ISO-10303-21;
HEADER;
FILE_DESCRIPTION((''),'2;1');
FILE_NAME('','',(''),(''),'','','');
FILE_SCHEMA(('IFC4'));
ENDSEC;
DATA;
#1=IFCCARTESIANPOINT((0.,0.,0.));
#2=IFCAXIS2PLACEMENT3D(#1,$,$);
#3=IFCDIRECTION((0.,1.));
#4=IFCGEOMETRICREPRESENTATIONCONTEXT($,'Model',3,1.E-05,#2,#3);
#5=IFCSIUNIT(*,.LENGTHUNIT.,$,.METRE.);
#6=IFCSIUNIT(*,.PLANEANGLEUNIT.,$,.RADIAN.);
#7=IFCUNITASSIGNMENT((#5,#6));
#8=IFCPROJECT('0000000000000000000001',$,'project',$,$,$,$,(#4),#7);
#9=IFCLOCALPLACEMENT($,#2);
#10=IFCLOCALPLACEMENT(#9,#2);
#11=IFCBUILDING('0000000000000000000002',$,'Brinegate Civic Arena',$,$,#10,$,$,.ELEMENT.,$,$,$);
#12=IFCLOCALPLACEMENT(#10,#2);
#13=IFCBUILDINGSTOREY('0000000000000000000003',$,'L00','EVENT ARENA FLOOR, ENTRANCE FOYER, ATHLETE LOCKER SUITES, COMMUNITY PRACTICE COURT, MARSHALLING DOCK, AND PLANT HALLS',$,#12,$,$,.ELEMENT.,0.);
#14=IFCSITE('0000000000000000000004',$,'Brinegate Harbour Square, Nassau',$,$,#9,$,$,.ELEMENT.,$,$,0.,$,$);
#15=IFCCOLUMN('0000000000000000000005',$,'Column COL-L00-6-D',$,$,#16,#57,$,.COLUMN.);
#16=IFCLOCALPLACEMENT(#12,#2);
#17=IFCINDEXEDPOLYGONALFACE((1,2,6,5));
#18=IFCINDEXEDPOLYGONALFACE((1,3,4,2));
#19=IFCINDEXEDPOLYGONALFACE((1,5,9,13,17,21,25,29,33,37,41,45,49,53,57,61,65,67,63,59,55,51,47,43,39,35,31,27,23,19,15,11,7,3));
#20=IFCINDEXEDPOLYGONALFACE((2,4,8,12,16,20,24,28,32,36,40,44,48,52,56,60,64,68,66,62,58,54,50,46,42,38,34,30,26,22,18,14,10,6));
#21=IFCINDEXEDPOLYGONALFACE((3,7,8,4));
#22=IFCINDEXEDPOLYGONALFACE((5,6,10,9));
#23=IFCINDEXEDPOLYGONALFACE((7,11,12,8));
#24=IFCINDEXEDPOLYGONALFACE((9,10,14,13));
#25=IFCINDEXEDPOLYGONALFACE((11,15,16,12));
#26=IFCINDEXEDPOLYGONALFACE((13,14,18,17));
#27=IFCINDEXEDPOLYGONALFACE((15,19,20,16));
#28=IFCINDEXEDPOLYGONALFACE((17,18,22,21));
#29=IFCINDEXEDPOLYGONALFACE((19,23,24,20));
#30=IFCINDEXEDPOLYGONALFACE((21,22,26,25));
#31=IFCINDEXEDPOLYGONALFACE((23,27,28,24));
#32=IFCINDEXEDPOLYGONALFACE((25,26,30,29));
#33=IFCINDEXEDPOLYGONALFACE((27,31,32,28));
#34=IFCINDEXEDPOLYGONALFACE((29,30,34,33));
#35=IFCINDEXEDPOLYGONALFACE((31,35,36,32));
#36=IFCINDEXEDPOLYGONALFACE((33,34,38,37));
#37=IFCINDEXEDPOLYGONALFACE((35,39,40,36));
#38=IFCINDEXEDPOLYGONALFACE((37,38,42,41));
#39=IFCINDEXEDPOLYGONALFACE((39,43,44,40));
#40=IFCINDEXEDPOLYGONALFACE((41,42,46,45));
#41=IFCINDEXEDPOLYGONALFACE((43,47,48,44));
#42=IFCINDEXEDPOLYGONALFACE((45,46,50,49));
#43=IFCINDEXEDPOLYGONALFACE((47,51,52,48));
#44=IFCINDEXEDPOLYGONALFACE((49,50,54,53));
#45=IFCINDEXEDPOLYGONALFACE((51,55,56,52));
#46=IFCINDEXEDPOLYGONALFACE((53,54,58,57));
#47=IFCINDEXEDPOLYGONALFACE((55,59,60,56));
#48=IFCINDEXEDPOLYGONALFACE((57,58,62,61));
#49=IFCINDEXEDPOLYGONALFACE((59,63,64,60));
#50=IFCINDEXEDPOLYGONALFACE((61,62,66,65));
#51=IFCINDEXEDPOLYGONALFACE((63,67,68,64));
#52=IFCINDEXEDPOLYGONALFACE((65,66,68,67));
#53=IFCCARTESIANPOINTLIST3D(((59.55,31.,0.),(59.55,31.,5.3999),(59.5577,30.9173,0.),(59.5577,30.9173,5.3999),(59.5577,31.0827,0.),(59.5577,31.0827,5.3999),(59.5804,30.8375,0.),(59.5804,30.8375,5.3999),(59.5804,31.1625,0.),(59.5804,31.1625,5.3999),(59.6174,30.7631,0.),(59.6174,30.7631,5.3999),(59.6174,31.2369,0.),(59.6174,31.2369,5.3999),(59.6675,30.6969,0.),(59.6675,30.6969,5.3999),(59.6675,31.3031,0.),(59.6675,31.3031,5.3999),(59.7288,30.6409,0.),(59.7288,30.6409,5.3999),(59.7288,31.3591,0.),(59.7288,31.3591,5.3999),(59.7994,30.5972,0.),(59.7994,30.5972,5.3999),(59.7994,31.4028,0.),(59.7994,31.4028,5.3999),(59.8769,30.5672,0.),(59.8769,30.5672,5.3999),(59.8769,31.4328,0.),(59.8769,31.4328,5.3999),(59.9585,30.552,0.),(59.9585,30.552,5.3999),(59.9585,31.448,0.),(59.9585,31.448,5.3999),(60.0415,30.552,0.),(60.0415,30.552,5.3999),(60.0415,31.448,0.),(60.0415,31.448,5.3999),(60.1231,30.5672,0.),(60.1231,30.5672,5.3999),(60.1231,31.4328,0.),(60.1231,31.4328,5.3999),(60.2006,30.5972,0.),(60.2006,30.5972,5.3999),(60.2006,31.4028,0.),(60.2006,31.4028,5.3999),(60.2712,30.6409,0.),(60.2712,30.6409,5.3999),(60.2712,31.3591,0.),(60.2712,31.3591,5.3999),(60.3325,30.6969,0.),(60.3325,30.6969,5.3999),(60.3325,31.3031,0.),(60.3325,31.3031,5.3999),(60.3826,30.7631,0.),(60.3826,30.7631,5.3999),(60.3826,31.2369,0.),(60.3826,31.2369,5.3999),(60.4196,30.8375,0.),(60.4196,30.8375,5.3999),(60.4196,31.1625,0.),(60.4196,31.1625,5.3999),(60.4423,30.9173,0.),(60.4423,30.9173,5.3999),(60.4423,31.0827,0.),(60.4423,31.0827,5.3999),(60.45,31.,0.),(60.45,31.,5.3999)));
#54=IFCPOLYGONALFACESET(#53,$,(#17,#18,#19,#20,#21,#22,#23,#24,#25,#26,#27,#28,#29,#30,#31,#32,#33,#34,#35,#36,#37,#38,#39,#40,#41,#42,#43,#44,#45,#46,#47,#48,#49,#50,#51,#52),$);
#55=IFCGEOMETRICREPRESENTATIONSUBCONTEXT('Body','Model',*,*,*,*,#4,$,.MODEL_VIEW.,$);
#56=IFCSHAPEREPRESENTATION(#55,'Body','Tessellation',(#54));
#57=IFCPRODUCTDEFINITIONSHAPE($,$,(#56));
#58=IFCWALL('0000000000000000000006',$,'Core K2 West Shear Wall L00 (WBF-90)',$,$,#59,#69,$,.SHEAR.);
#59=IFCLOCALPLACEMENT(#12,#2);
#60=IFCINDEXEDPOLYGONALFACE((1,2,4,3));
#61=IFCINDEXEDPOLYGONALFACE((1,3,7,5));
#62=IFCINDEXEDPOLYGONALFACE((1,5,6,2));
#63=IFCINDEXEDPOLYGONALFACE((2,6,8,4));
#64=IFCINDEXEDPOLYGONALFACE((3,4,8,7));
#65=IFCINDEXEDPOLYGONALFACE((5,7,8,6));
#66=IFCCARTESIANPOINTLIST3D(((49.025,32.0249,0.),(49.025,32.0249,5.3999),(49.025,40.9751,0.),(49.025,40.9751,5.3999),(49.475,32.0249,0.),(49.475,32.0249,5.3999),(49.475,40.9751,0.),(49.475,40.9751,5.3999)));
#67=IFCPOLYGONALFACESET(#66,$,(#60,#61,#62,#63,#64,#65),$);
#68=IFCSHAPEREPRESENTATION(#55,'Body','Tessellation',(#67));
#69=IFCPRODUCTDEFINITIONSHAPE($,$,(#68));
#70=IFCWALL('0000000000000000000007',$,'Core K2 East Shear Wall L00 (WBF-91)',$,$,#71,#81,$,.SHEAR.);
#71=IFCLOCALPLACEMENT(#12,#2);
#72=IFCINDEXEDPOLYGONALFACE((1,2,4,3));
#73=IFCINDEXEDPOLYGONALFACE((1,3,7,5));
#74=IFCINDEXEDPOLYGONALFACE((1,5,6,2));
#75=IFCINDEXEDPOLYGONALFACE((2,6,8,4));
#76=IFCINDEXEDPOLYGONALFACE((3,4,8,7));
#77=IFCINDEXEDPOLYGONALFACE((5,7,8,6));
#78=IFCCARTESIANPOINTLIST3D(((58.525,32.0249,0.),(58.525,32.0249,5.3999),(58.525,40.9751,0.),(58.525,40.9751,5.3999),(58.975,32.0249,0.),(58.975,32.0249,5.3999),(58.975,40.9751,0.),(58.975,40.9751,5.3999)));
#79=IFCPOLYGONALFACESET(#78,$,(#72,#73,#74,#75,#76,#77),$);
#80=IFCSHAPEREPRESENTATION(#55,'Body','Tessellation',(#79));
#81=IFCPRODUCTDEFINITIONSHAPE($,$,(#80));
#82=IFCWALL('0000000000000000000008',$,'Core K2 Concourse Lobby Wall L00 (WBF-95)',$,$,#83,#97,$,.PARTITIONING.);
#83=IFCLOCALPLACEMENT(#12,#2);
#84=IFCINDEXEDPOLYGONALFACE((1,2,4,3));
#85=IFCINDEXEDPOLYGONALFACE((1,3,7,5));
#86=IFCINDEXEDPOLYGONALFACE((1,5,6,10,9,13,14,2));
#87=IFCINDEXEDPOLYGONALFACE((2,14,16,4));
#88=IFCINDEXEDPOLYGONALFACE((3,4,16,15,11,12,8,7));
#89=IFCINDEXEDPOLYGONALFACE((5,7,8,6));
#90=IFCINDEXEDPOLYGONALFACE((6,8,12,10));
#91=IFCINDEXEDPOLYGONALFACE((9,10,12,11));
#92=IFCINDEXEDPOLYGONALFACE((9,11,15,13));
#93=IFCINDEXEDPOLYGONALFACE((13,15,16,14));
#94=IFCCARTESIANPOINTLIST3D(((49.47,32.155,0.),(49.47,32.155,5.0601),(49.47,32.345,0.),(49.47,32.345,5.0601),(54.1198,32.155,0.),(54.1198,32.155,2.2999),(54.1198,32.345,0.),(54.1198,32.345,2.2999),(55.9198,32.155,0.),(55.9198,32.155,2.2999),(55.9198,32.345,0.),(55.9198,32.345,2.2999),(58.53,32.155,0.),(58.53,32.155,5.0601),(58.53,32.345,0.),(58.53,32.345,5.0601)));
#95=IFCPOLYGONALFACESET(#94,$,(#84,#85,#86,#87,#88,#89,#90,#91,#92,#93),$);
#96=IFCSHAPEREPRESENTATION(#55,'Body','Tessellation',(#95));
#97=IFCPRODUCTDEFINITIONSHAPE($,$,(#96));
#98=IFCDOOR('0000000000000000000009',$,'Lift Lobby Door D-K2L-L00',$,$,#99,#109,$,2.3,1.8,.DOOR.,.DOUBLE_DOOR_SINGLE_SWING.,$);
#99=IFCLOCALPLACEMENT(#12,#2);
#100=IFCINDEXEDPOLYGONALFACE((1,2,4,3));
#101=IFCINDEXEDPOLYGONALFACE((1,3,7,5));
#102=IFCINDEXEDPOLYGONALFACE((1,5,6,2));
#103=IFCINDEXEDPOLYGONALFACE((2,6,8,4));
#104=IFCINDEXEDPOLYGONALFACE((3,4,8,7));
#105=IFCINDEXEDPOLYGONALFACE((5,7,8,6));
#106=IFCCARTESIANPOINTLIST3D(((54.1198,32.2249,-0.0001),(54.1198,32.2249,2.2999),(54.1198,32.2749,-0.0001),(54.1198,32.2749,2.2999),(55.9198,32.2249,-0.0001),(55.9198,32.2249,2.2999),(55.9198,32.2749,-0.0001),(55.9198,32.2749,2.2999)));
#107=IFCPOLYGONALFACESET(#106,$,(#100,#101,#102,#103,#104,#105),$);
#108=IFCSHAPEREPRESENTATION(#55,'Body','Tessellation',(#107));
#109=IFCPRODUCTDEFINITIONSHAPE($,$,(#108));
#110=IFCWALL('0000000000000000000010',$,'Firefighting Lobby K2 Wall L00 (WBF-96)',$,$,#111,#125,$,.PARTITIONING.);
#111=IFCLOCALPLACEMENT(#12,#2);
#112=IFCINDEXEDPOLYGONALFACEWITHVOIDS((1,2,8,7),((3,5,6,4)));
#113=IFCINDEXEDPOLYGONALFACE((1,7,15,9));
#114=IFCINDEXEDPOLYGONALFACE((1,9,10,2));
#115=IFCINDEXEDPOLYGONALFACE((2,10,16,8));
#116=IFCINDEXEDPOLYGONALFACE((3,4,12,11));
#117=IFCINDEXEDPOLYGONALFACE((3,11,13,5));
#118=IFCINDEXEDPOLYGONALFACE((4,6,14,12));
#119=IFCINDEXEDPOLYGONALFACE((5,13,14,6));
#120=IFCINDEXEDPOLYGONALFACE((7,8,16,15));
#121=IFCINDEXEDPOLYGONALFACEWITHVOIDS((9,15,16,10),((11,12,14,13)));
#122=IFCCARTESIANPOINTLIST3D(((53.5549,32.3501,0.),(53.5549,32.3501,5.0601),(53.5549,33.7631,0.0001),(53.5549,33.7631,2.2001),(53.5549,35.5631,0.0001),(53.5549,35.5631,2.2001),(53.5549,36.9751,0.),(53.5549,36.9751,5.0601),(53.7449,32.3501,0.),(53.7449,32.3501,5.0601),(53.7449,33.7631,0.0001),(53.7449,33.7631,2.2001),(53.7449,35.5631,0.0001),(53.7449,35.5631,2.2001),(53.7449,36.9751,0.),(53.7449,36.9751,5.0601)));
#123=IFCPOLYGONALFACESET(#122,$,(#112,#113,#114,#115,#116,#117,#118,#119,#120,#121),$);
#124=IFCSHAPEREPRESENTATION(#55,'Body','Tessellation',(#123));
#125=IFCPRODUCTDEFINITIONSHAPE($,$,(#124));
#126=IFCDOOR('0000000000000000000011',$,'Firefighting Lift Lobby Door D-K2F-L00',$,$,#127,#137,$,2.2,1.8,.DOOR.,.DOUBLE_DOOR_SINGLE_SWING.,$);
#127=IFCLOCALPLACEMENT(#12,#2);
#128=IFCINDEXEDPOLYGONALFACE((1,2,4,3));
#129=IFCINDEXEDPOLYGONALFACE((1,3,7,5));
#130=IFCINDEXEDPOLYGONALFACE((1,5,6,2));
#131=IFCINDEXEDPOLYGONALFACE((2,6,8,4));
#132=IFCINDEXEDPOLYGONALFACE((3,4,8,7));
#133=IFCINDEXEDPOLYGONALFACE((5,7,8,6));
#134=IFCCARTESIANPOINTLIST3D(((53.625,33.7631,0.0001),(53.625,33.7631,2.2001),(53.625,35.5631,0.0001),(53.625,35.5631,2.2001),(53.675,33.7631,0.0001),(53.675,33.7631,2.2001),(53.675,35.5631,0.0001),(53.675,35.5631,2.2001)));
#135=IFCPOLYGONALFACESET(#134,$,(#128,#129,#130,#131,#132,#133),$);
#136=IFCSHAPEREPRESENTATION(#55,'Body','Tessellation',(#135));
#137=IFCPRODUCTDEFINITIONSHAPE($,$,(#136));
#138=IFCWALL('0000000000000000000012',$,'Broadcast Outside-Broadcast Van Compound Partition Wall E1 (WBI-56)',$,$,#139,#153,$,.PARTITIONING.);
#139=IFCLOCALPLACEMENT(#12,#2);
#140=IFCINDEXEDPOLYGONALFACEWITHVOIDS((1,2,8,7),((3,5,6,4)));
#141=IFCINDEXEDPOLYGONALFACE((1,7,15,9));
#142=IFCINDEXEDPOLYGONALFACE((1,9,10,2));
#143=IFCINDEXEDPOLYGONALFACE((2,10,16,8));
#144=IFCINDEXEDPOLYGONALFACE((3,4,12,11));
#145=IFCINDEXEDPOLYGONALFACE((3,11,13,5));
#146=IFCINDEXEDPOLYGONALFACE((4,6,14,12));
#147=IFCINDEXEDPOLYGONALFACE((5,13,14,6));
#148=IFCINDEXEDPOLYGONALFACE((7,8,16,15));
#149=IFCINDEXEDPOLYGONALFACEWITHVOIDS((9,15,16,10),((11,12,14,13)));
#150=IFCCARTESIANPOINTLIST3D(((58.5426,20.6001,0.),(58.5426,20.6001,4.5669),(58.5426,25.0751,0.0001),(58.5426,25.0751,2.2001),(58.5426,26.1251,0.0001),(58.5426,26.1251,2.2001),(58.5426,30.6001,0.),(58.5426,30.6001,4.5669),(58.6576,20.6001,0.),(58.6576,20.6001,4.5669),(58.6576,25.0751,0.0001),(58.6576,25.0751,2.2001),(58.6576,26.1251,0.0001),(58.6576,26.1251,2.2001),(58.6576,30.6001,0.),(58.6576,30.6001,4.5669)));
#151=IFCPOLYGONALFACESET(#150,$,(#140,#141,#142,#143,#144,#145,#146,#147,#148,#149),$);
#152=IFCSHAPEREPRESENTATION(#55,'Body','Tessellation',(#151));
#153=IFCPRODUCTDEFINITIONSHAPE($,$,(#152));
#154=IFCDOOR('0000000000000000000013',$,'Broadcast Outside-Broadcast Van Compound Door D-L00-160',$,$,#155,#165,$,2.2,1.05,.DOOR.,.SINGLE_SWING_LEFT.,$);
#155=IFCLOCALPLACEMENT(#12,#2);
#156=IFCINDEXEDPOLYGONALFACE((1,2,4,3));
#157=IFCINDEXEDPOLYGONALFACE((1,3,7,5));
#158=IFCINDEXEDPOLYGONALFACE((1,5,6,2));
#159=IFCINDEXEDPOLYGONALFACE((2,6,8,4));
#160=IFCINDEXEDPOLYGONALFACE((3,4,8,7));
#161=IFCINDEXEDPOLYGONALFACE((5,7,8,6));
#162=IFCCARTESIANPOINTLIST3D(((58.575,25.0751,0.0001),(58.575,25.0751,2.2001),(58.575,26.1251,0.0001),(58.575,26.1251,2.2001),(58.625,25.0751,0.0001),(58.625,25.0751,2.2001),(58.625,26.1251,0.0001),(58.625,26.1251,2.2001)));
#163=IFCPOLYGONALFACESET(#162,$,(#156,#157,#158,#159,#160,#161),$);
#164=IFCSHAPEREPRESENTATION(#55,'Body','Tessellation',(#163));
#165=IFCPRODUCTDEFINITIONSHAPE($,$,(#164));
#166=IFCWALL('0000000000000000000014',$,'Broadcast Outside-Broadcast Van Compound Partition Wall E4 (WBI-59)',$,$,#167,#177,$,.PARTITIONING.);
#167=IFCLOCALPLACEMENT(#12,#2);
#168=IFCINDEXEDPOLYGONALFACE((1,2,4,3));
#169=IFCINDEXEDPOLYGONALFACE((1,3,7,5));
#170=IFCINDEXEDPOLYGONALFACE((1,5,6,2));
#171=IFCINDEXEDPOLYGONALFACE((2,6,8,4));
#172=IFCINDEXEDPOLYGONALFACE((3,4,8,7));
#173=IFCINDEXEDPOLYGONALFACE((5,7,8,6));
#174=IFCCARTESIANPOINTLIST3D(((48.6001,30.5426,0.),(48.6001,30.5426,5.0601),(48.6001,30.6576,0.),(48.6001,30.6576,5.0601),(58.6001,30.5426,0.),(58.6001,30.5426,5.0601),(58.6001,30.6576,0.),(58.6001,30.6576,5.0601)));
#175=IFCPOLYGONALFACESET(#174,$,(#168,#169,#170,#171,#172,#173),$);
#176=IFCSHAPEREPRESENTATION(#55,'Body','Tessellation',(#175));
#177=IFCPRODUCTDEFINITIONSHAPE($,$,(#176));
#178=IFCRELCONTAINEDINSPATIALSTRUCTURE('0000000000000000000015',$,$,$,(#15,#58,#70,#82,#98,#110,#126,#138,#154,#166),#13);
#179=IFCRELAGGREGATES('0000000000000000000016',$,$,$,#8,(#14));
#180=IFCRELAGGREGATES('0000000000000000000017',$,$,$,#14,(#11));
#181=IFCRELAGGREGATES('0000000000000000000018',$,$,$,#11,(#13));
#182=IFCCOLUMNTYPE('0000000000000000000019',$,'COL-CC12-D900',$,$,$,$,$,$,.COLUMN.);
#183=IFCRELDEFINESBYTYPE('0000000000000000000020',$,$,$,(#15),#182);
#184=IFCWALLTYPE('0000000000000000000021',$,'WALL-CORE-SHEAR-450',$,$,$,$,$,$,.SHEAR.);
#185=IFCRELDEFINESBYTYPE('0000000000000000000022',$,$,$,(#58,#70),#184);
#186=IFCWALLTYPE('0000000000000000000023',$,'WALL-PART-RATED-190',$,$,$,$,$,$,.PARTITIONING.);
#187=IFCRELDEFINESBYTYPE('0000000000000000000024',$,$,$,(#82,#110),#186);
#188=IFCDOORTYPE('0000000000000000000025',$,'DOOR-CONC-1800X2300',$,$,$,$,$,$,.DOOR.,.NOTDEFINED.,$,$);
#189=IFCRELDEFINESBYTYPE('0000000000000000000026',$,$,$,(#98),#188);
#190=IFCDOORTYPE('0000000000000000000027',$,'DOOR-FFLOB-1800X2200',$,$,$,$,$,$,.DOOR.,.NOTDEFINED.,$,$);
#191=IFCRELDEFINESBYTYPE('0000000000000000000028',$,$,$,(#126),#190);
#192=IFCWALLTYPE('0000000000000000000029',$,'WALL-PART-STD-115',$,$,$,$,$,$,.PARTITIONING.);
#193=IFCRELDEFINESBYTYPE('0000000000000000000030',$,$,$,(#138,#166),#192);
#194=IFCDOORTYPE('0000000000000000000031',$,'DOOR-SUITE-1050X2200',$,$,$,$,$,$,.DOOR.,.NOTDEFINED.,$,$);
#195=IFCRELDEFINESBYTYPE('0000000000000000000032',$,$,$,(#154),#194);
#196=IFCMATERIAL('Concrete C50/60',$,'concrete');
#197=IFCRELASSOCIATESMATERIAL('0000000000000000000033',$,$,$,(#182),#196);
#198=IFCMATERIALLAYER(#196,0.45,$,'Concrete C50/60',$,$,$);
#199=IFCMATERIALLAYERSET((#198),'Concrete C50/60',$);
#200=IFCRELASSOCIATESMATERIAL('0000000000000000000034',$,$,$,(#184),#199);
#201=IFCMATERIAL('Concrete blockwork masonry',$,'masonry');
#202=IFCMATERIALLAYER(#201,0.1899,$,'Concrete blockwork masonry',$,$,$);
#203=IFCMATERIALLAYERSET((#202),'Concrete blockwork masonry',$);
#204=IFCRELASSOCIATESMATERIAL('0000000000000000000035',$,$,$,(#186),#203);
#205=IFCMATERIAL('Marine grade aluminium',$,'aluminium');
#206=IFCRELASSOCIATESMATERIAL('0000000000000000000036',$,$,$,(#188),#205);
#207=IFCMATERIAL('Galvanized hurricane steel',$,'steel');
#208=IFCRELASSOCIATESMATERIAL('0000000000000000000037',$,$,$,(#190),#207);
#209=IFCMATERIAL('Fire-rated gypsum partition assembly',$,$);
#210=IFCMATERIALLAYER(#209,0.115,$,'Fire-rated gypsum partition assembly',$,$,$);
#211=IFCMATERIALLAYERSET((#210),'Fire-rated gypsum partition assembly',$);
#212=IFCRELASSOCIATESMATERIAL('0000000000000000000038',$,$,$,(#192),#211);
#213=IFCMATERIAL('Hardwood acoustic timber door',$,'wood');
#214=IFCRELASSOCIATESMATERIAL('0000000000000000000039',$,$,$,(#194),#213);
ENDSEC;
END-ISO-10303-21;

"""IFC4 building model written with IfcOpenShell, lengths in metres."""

from ifc_helpers import new_model, si_unit, direction, frame, frame_2d, origin, origin_2d, place, context, subcontext, project, spatial, rectangle, circle, extrude, material, layer, layer_set, material_profile, profile_set, type_object, element, fill, save


model = new_model("IFC4")

# Units and contexts
model_context = context("Model", 3, precision=1e-05, world=origin(), true_north=direction((0.0, 1.0)))
body_context = subcontext(model_context, "Body", "Model", "MODEL_VIEW")
ifc_project = project(units=[si_unit("LENGTHUNIT", "METRE"), si_unit("PLANEANGLEUNIT", "RADIAN")], contexts=[model_context])

# Site, building, storey
site_placement = place(None, origin())
site = spatial("IfcSite", under=ifc_project, at=site_placement, Name="Brinegate Harbour Square, Nassau", CompositionType="ELEMENT", RefElevation=0.0)
building_placement = place(site_placement, origin())
building = spatial("IfcBuilding", under=site, at=building_placement, Name="Brinegate Civic Arena", CompositionType="ELEMENT")
storey_placement = place(building_placement, origin())
storey = spatial("IfcBuildingStorey", under=building, at=storey_placement, Name="L00", Description="EVENT ARENA FLOOR, ENTRANCE FOYER, ATHLETE LOCKER SUITES, COMMUNITY PRACTICE COURT, MARSHALLING DOCK, AND PLANT HALLS", CompositionType="ELEMENT", Elevation=0.0)

# Column
ifc_material_1 = material(Name="Concrete C50/60", Category="concrete")
ifc_material_profile_1 = material_profile(ifc_material_1, circle(Radius=0.45, at=origin_2d()), Name="RCD900")
ifc_profile_set_1 = profile_set([ifc_material_profile_1], Name="Concrete C50/60")
column_type = type_object("IfcColumnType", Name="COL-CC12-D900", PredefinedType="COLUMN", material=ifc_profile_set_1)
column_placement = place(storey_placement, frame((60.0, 31.0, 0.0), z_axis=(0.0, 0.0, 1.0), x_axis=(1.0, 0.0, 0.0)))
element("IfcColumn", 1, at=column_placement, inside=storey, type_object=column_type, Name="Column COL-L00-6-D", PredefinedType="COLUMN", context=body_context, shape_type="SweptSolid", body=[
    extrude(circle(Radius=0.45, at=origin_2d()), origin(), (0.0, 0.0, 1.0), 5.3999),
])

# Walls
ifc_layer_1 = layer(ifc_material_1, 0.45, Name="Concrete C50/60")
ifc_layer_set_1 = layer_set([ifc_layer_1], Name="Concrete C50/60")
wall_type_1 = type_object("IfcWallType", Name="WALL-CORE-SHEAR-450", PredefinedType="SHEAR", material=ifc_layer_set_1)
for number, where, z_axis, x_axis, name in (
    (2, (49.25, 32.0249, 0.0), (0.0, 0.0, 1.0), (0.0, 1.0, 0.0), "Core K2 West Shear Wall L00 (WBF-90)"),
    (3, (58.75, 32.0249, 0.0), (0.0, 0.0, 1.0), (0.0, 1.0, 0.0), "Core K2 East Shear Wall L00 (WBF-91)"),
):
    element("IfcWall", number, at=place(storey_placement, frame(where, z_axis=z_axis, x_axis=x_axis)), inside=storey, type_object=wall_type_1, Name=name, PredefinedType="SHEAR", context=body_context, shape_type="SweptSolid", body=[
        extrude(rectangle(XDim=8.9502, YDim=0.45, at=frame_2d((4.4751, 0.0))), origin(), (0.0, 0.0, 1.0), 5.3999),
    ])

# Walls, openings, doors
ifc_material_2 = material(Name="Concrete blockwork masonry", Category="masonry")
ifc_layer_2 = layer(ifc_material_2, 0.1899, Name="Concrete blockwork masonry")
ifc_layer_set_2 = layer_set([ifc_layer_2], Name="Concrete blockwork masonry")
wall_type_2 = type_object("IfcWallType", Name="WALL-PART-RATED-190", PredefinedType="PARTITIONING", material=ifc_layer_set_2)
wall_1_placement = place(storey_placement, frame((49.47, 32.25, 0.0), z_axis=(0.0, 0.0, 1.0), x_axis=(1.0, 0.0, 0.0)))
wall_1 = element("IfcWall", 4, at=wall_1_placement, inside=storey, type_object=wall_type_2, Name="Core K2 Concourse Lobby Wall L00 (WBF-95)", PredefinedType="PARTITIONING", context=body_context, shape_type="SweptSolid", body=[
    extrude(rectangle(XDim=9.0601, YDim=0.1899, at=frame_2d((4.53, 0.0))), origin(), (0.0, 0.0, 1.0), 5.0601),
])
opening_1_placement = place(wall_1_placement, frame((4.6499, 0.0, 0.0)))
opening_1 = element("IfcOpeningElement", 5, at=opening_1_placement, cuts=wall_1, PredefinedType="OPENING", context=body_context, shape_type="SweptSolid", body=[
    extrude(rectangle(XDim=1.8, YDim=2.3, at=frame_2d((0.8999, 1.1499))), frame((0.0, 0.105, 0.0), z_axis=(0.0, -1.0, 0.0), x_axis=(1.0, 0.0, 0.0)), (0.0, 0.0, 1.0), 0.21),
])
ifc_material_3 = material(Name="Marine grade aluminium", Category="aluminium")
door_type_1 = type_object("IfcDoorType", Name="DOOR-CONC-1800X2300", OperationType="NOTDEFINED", PredefinedType="DOOR", material=ifc_material_3)
door_1_placement = place(opening_1_placement, origin())
door_1 = element("IfcDoor", 6, at=door_1_placement, inside=storey, type_object=door_type_1, Name="Lift Lobby Door D-K2L-L00", OperationType="DOUBLE_DOOR_SINGLE_SWING", OverallHeight=2.3, OverallWidth=1.8, PredefinedType="DOOR", context=body_context, shape_type="SweptSolid", body=[
    extrude(rectangle(XDim=1.8, YDim=2.3, at=frame_2d((0.8999, 1.1499))), frame((0.0, 0.0249, 0.0), z_axis=(0.0, -1.0, 0.0), x_axis=(1.0, 0.0, 0.0)), (0.0, 0.0, 1.0), 0.05),
])
fill(opening_1, door_1)
wall_2_placement = place(storey_placement, frame((53.6499, 32.3501, 0.0), z_axis=(0.0, 0.0, 1.0), x_axis=(0.0, 1.0, 0.0)))
wall_2 = element("IfcWall", 7, at=wall_2_placement, inside=storey, type_object=wall_type_2, Name="Firefighting Lobby K2 Wall L00 (WBF-96)", PredefinedType="PARTITIONING", context=body_context, shape_type="SweptSolid", body=[
    extrude(rectangle(XDim=4.625, YDim=0.1899, at=frame_2d((2.3125, 0.0))), origin(), (0.0, 0.0, 1.0), 5.0601),
])
opening_2_placement = place(wall_2_placement, frame((1.4131, 0.0, 0.0)))
opening_2 = element("IfcOpeningElement", 8, at=opening_2_placement, cuts=wall_2, PredefinedType="OPENING", context=body_context, shape_type="SweptSolid", body=[
    extrude(rectangle(XDim=1.8, YDim=2.2, at=frame_2d((0.8999, 1.1001))), frame((0.0, 0.105, 0.0), z_axis=(0.0, -1.0, 0.0), x_axis=(1.0, 0.0, 0.0)), (0.0, 0.0, 1.0), 0.21),
])
ifc_material_4 = material(Name="Galvanized hurricane steel", Category="steel")
door_type_2 = type_object("IfcDoorType", Name="DOOR-FFLOB-1800X2200", OperationType="NOTDEFINED", PredefinedType="DOOR", material=ifc_material_4)
door_2_placement = place(opening_2_placement, origin())
door_2 = element("IfcDoor", 9, at=door_2_placement, inside=storey, type_object=door_type_2, Name="Firefighting Lift Lobby Door D-K2F-L00", OperationType="DOUBLE_DOOR_SINGLE_SWING", OverallHeight=2.2, OverallWidth=1.8, PredefinedType="DOOR", context=body_context, shape_type="SweptSolid", body=[
    extrude(rectangle(XDim=1.8, YDim=2.2, at=frame_2d((0.8999, 1.1001))), frame((0.0, 0.0249, 0.0), z_axis=(0.0, -1.0, 0.0), x_axis=(1.0, 0.0, 0.0)), (0.0, 0.0, 1.0), 0.05),
])
fill(opening_2, door_2)
ifc_material_5 = material(Name="Fire-rated gypsum partition assembly")
ifc_layer_3 = layer(ifc_material_5, 0.115, Name="Fire-rated gypsum partition assembly")
ifc_layer_set_3 = layer_set([ifc_layer_3], Name="Fire-rated gypsum partition assembly")
wall_type_3 = type_object("IfcWallType", Name="WALL-PART-STD-115", PredefinedType="PARTITIONING", material=ifc_layer_set_3)
wall_3_placement = place(storey_placement, frame((58.6001, 30.6001, 0.0), z_axis=(0.0, 0.0, 1.0), x_axis=(0.0, -1.0, 0.0)))
wall_3 = element("IfcWall", 10, at=wall_3_placement, inside=storey, type_object=wall_type_3, Name="Broadcast Outside-Broadcast Van Compound Partition Wall E1 (WBI-56)", PredefinedType="PARTITIONING", context=body_context, shape_type="SweptSolid", body=[
    extrude(rectangle(XDim=10.0, YDim=0.115, at=frame_2d((5.0, 0.0))), origin(), (0.0, 0.0, 1.0), 4.5669),
])
opening_3_placement = place(wall_3_placement, frame((4.4751, 0.0, 0.0)))
opening_3 = element("IfcOpeningElement", 11, at=opening_3_placement, cuts=wall_3, PredefinedType="OPENING", context=body_context, shape_type="SweptSolid", body=[
    extrude(rectangle(XDim=1.05, YDim=2.2, at=frame_2d((0.5249, 1.1001))), frame((0.0, 0.0674, 0.0), z_axis=(0.0, -1.0, 0.0), x_axis=(1.0, 0.0, 0.0)), (0.0, 0.0, 1.0), 0.135),
])
ifc_material_6 = material(Name="Hardwood acoustic timber door", Category="wood")
door_type_3 = type_object("IfcDoorType", Name="DOOR-SUITE-1050X2200", OperationType="NOTDEFINED", PredefinedType="DOOR", material=ifc_material_6)
door_3_placement = place(opening_3_placement, origin())
door_3 = element("IfcDoor", 12, at=door_3_placement, inside=storey, type_object=door_type_3, Name="Broadcast Outside-Broadcast Van Compound Door D-L00-160", OperationType="SINGLE_SWING_LEFT", OverallHeight=2.2, OverallWidth=1.05, PredefinedType="DOOR", context=body_context, shape_type="SweptSolid", body=[
    extrude(rectangle(XDim=1.05, YDim=2.2, at=frame_2d((0.5249, 1.1001))), frame((0.0, 0.0249, 0.0), z_axis=(0.0, -1.0, 0.0), x_axis=(1.0, 0.0, 0.0)), (0.0, 0.0, 1.0), 0.05),
])
fill(opening_3, door_3)

# Wall
wall_4_placement = place(storey_placement, frame((48.6001, 30.6001, 0.0), z_axis=(0.0, 0.0, 1.0), x_axis=(1.0, 0.0, 0.0)))
element("IfcWall", 13, at=wall_4_placement, inside=storey, type_object=wall_type_3, Name="Broadcast Outside-Broadcast Van Compound Partition Wall E4 (WBI-59)", PredefinedType="PARTITIONING", context=body_context, shape_type="SweptSolid", body=[
    extrude(rectangle(XDim=10.0, YDim=0.115, at=frame_2d((5.0, 0.0))), origin(), (0.0, 0.0, 1.0), 5.0601),
])

save(model, "model.ifc")
